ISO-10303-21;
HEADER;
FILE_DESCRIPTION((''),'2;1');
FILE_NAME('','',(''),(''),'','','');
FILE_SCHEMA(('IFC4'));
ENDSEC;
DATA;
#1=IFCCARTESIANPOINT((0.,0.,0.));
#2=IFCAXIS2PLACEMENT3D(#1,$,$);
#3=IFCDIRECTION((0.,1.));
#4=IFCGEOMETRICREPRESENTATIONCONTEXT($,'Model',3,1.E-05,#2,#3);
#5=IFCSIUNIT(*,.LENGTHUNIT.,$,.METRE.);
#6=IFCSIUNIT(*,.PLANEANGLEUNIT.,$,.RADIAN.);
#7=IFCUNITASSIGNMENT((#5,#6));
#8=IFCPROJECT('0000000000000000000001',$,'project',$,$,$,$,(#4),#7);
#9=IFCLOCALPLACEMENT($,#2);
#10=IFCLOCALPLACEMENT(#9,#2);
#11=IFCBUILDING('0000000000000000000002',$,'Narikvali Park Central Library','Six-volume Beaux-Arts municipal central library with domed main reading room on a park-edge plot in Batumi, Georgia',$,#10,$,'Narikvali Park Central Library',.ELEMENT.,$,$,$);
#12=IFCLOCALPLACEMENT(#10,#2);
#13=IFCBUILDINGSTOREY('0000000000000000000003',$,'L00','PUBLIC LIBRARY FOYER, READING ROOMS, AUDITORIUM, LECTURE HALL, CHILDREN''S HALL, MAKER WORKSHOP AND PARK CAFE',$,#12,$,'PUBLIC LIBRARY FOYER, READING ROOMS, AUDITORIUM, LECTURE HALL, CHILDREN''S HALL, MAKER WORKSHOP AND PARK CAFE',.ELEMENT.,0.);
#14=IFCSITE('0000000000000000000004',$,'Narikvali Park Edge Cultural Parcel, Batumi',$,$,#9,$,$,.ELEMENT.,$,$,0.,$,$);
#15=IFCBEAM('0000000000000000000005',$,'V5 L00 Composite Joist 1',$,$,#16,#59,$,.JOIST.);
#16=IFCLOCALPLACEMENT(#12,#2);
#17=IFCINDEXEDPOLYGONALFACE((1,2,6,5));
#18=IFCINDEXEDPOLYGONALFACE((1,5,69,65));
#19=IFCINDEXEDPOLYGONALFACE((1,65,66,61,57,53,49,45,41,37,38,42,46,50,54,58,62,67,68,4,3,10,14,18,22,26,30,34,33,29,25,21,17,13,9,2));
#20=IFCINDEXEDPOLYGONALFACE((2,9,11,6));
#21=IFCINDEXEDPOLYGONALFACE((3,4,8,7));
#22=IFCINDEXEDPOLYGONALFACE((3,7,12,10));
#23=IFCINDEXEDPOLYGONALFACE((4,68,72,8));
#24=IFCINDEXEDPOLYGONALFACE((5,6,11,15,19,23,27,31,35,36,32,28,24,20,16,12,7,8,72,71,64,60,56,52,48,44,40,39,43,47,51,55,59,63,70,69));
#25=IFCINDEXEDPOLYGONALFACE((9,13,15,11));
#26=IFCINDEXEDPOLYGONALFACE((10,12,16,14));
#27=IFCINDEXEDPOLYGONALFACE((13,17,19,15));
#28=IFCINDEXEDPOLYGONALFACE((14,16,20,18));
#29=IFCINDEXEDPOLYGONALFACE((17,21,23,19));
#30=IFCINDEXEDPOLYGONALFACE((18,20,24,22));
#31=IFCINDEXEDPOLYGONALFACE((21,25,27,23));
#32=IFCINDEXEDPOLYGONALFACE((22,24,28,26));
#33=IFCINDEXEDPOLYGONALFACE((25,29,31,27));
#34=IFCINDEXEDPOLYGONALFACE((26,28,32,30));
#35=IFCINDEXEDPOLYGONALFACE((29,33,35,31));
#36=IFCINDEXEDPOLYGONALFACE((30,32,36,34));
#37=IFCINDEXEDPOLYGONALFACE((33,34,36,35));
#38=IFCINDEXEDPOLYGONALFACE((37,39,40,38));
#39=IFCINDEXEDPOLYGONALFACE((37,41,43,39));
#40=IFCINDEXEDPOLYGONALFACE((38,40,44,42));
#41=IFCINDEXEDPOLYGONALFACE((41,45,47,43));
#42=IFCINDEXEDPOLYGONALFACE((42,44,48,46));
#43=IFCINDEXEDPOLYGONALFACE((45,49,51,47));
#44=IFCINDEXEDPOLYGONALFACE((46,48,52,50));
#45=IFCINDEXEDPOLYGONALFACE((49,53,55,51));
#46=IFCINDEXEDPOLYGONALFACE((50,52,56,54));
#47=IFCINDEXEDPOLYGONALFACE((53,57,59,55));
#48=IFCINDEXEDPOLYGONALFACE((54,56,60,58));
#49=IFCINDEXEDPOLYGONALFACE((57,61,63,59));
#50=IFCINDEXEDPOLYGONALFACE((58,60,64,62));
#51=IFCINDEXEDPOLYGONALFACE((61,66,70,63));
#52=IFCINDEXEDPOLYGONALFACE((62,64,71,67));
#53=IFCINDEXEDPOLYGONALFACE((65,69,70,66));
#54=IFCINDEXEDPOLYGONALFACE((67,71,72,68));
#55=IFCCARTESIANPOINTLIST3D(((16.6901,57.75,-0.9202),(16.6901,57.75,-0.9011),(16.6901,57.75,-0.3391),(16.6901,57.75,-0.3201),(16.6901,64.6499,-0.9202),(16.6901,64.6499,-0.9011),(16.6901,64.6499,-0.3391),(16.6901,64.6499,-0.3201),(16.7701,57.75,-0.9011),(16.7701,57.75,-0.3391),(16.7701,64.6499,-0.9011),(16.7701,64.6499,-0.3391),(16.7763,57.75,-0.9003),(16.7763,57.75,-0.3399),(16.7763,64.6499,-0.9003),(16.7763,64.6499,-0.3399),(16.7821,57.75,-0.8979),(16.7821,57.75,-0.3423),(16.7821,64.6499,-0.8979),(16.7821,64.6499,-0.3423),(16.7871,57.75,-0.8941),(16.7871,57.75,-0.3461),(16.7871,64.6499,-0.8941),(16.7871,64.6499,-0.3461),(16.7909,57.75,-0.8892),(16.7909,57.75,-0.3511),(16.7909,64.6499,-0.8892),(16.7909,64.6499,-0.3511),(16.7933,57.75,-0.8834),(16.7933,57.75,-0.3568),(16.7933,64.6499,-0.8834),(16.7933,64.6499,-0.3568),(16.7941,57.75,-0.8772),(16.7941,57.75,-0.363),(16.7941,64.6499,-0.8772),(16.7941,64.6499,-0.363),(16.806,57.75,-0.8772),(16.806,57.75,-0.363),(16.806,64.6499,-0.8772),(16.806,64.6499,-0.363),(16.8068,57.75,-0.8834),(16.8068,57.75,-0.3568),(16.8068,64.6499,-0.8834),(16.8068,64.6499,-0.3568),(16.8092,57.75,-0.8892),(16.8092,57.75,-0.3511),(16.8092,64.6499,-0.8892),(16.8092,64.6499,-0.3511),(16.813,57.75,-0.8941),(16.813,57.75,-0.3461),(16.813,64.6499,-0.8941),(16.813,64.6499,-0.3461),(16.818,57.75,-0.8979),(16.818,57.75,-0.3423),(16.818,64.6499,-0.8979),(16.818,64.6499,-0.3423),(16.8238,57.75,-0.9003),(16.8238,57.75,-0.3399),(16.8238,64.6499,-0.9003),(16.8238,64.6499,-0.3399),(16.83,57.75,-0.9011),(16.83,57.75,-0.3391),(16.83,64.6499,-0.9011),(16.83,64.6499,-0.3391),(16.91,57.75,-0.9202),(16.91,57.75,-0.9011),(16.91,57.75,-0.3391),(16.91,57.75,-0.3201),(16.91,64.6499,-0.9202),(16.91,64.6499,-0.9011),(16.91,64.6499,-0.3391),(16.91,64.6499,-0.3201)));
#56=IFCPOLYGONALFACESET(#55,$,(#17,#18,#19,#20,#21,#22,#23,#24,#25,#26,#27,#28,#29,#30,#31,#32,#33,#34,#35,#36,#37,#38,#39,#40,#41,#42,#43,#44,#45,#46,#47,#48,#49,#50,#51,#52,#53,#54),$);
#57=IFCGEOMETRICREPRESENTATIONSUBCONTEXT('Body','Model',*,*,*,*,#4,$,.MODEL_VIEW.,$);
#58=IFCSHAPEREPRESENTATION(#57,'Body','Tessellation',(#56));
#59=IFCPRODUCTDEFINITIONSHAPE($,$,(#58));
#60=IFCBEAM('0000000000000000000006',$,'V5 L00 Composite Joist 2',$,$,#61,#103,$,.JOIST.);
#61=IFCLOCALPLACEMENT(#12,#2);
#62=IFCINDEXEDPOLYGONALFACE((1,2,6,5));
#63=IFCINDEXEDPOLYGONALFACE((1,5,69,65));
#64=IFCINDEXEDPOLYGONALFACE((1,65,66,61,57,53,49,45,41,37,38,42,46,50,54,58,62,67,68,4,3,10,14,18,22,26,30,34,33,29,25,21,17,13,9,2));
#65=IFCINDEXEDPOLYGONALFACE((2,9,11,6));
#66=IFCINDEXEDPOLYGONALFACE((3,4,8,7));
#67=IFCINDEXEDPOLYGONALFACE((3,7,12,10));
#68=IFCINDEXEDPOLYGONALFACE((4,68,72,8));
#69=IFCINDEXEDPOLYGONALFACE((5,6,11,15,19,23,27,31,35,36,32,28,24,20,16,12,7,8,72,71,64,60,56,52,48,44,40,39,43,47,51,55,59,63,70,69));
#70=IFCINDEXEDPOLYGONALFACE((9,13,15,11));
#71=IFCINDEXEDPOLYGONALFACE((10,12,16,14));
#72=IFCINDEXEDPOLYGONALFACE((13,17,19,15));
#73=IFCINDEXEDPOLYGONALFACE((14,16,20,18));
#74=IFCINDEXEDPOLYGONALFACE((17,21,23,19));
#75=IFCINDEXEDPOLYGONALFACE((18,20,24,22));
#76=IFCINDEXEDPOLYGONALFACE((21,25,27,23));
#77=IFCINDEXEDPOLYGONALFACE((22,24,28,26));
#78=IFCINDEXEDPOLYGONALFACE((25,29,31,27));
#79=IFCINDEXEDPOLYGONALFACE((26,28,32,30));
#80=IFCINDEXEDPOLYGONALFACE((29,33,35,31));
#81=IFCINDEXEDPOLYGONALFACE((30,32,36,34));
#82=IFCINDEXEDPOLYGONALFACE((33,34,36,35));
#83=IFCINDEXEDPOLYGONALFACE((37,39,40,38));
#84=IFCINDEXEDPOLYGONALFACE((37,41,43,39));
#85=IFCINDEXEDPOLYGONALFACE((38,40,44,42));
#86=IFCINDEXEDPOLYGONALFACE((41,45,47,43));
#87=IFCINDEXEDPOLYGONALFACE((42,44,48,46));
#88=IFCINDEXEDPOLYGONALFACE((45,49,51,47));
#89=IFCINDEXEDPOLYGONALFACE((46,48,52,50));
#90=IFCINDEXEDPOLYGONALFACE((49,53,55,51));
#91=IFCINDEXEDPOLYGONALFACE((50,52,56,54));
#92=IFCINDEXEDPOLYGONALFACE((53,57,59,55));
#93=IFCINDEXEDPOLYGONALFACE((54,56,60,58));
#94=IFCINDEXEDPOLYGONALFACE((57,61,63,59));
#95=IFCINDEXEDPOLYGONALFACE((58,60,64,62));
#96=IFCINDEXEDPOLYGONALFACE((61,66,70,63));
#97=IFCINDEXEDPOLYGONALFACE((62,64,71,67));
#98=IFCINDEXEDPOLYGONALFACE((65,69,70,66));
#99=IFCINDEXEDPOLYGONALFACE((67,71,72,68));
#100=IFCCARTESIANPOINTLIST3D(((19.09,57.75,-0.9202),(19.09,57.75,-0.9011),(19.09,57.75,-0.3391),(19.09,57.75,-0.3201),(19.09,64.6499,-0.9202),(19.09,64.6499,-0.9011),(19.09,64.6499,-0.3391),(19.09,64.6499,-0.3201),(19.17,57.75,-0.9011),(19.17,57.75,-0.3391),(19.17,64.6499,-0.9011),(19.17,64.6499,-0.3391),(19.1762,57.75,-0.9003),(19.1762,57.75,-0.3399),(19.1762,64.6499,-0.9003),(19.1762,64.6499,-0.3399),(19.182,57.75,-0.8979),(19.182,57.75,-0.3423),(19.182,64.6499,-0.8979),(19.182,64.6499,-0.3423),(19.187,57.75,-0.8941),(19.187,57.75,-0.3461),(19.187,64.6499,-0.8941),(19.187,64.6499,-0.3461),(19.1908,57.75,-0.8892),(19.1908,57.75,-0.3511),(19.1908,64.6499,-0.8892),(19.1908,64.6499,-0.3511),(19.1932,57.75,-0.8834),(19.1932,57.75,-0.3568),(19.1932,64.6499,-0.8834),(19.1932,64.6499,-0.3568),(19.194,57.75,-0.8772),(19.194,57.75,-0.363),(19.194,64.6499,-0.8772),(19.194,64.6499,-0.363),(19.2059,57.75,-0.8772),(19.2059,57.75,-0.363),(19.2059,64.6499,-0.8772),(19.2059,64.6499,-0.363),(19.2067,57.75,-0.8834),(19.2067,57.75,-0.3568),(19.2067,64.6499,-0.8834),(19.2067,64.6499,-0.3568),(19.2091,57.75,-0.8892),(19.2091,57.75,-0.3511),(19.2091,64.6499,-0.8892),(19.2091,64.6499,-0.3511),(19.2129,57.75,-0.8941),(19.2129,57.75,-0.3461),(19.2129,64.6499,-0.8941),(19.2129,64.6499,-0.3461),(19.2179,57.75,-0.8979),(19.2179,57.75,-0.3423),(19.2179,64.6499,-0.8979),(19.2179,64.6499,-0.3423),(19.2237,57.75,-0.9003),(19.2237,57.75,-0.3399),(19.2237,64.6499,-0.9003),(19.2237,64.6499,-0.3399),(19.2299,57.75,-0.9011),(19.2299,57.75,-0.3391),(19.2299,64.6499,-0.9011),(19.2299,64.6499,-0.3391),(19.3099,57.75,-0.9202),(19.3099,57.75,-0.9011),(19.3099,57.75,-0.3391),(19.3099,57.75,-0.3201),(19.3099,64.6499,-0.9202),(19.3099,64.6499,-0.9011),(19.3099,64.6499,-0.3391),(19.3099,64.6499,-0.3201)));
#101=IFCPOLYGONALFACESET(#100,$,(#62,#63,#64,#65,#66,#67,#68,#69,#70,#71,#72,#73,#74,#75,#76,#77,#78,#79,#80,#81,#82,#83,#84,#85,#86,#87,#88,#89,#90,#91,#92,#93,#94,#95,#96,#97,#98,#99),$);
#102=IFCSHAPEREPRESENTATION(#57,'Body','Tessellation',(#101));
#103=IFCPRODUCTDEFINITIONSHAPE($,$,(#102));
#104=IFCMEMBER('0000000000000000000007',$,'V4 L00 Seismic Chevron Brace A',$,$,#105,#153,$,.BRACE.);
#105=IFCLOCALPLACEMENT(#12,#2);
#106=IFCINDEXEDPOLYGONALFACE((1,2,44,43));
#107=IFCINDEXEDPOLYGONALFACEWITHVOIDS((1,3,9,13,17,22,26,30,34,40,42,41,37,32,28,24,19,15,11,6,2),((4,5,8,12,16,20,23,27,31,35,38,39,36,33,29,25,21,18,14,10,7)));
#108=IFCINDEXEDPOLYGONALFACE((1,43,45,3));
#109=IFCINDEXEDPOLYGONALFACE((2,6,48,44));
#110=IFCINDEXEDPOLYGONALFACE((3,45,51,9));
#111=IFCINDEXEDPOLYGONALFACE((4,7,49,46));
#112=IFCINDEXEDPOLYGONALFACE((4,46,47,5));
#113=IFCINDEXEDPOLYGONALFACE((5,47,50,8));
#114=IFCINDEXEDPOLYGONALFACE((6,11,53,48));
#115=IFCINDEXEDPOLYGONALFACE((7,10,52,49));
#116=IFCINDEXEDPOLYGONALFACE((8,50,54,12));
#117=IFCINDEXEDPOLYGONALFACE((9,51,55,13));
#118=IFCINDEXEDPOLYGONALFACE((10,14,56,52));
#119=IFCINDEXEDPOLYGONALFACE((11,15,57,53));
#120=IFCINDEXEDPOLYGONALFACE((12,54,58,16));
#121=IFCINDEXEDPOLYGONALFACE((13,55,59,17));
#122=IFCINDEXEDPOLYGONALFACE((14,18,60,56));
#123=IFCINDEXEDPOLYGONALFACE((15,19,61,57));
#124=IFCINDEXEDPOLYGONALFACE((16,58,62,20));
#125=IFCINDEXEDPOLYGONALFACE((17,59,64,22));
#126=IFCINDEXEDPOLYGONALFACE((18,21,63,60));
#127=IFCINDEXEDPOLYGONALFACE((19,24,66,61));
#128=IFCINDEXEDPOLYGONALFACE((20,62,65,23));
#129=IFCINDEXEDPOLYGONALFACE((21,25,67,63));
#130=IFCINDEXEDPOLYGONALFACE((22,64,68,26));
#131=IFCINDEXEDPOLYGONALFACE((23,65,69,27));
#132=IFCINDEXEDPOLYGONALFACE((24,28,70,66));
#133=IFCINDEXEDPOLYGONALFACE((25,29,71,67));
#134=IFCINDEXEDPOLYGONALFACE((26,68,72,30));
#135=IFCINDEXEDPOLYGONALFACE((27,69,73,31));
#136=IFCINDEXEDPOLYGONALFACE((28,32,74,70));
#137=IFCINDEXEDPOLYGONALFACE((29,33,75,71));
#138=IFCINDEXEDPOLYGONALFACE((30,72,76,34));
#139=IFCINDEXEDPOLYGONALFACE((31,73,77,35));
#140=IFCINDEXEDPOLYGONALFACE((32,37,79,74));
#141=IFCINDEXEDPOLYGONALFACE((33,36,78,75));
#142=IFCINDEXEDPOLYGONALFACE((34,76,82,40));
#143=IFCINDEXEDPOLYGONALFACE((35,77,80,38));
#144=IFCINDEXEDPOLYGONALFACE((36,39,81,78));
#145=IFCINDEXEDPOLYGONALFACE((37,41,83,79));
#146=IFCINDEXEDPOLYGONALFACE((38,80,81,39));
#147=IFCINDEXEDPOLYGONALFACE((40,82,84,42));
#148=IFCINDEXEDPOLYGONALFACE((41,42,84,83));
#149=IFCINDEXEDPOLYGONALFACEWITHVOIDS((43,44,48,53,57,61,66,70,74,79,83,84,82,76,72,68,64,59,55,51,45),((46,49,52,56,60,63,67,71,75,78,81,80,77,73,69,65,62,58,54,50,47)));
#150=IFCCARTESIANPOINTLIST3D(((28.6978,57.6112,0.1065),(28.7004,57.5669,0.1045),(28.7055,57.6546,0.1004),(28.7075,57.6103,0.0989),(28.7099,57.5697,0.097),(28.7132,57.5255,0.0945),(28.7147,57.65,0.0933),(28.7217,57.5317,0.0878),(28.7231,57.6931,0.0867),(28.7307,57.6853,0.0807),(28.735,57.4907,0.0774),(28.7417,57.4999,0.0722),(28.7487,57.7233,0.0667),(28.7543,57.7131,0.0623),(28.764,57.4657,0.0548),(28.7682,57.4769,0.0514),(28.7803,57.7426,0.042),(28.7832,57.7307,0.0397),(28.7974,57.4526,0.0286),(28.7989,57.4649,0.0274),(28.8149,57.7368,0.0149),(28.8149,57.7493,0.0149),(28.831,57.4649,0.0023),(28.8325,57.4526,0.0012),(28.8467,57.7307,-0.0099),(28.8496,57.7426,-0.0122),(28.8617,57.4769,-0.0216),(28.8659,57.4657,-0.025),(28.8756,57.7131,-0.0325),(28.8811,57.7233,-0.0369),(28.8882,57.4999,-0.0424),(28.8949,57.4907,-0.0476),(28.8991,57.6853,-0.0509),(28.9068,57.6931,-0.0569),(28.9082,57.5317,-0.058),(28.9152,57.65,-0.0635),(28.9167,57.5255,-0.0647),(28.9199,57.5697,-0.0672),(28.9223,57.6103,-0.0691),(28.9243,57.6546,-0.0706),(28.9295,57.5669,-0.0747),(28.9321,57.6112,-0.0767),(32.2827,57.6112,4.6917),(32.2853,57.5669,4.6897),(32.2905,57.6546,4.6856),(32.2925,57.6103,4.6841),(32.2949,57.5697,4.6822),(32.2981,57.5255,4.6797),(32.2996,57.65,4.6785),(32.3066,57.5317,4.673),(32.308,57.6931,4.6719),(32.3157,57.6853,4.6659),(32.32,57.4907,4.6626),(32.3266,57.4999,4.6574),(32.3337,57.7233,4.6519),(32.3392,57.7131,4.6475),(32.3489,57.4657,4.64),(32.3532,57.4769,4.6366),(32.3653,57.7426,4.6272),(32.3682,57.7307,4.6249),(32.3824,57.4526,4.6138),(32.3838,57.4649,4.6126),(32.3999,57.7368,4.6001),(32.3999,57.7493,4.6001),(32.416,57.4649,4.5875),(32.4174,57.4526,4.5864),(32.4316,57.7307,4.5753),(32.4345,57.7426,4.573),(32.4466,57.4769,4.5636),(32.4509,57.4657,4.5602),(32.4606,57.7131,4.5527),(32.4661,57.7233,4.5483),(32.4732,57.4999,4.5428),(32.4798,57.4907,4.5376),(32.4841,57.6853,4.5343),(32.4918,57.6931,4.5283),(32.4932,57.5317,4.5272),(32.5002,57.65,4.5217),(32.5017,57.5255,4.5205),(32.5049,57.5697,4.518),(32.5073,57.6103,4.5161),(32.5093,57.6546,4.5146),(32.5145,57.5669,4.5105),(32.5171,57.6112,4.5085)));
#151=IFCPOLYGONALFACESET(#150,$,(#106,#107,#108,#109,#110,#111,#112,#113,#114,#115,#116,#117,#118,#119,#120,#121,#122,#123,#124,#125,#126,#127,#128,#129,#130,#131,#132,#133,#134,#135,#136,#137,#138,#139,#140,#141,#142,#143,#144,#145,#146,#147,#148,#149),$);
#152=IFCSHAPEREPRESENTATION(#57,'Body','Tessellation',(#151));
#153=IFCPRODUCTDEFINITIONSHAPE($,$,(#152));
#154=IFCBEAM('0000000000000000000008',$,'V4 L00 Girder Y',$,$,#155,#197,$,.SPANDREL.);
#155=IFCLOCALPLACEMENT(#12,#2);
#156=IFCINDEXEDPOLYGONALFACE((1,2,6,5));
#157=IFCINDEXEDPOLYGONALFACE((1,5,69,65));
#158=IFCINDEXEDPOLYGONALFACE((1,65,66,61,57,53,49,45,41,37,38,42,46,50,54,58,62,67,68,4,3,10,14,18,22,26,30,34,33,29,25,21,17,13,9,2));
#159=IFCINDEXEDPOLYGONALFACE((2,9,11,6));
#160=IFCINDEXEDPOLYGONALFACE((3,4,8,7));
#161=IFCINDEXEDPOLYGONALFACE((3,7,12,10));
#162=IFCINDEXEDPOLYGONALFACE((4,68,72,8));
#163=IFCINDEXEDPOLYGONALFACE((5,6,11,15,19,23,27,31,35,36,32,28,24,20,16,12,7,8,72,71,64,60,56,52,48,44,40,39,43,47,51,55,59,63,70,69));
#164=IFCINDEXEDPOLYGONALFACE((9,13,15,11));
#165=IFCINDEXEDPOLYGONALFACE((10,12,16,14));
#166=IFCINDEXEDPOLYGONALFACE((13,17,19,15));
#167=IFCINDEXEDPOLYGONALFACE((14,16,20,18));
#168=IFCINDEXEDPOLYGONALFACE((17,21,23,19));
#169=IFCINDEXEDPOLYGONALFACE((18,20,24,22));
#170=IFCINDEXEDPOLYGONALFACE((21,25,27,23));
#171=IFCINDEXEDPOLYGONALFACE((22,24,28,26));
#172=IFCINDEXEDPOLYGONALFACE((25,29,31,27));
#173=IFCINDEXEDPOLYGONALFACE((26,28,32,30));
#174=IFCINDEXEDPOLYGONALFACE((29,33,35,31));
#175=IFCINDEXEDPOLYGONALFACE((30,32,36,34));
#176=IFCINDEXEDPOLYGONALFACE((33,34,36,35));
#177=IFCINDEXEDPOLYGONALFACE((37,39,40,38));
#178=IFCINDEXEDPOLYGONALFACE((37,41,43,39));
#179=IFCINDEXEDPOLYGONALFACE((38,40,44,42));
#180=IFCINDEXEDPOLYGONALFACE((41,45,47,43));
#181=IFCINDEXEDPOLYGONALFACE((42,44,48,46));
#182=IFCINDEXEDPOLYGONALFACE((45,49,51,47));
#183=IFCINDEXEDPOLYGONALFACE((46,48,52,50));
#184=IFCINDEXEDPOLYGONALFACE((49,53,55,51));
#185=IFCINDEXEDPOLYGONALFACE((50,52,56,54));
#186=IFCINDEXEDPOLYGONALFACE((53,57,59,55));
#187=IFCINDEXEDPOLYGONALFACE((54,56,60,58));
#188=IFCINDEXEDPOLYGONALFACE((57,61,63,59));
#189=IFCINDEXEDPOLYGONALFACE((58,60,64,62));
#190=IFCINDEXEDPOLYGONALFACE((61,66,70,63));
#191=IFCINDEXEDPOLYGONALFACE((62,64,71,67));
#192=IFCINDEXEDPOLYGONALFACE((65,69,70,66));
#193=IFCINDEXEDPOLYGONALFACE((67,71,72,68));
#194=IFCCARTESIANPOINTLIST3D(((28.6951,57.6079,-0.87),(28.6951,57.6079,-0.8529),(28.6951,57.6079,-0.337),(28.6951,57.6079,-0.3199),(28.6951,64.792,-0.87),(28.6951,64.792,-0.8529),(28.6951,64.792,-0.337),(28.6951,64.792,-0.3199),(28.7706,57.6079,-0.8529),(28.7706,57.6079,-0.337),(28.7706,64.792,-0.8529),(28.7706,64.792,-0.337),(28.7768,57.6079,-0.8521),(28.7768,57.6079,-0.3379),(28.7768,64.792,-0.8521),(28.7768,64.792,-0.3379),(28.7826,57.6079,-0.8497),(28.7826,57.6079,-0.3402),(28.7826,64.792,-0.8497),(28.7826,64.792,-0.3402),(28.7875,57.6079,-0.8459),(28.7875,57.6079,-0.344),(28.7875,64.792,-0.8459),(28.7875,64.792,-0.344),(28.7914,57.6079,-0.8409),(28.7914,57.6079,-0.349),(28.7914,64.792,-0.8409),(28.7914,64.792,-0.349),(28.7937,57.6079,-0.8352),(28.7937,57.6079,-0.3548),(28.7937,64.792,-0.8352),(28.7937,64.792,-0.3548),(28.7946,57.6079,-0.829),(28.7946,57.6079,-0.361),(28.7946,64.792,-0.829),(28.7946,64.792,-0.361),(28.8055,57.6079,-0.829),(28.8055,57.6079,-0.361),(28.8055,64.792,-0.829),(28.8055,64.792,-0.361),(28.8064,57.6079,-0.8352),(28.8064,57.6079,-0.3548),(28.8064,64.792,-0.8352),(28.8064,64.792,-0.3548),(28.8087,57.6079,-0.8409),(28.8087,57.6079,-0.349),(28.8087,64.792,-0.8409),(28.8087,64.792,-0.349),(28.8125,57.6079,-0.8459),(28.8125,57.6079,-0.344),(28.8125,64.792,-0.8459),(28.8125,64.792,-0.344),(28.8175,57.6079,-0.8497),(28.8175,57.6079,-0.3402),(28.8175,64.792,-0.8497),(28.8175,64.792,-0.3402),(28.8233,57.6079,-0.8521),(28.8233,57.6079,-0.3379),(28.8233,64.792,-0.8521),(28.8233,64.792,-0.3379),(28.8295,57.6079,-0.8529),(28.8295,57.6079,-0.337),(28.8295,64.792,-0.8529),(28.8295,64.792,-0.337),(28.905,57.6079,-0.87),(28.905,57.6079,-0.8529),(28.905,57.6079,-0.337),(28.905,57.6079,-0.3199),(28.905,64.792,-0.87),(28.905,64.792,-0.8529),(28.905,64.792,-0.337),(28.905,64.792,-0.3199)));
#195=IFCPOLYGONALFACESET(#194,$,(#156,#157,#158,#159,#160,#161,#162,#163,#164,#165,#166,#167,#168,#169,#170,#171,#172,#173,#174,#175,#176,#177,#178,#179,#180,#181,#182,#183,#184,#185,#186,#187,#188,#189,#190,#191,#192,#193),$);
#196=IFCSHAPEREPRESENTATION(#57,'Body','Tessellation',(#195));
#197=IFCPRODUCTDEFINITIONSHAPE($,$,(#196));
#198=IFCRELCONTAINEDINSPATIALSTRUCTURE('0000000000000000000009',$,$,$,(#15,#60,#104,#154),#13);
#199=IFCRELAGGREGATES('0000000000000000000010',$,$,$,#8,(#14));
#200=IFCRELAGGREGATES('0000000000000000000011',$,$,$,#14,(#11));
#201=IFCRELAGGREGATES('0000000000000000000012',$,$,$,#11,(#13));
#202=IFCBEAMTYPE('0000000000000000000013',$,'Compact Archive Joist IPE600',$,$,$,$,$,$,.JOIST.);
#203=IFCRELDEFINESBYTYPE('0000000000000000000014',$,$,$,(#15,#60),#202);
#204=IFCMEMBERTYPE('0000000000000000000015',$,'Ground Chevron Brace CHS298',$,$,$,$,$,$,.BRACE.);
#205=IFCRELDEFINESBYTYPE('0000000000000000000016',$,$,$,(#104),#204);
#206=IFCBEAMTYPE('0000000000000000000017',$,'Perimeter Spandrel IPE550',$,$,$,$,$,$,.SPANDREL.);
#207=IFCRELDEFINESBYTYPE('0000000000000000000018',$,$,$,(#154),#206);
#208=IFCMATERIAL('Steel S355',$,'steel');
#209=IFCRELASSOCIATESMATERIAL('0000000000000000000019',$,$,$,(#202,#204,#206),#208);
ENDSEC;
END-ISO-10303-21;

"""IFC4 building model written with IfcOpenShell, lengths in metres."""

from ifc_helpers import new_model, si_unit, direction, frame, origin, origin_2d, place, context, subcontext, project, spatial, hollow_circle, i_section, extrude, material, material_profile, profile_set, type_object, element, save


model = new_model("IFC4")

# Units and contexts
model_context = context("Model", 3, precision=1e-05, world=origin(), true_north=direction((0.0, 1.0)))
body_context = subcontext(model_context, "Body", "Model", "MODEL_VIEW")
ifc_project = project(units=[si_unit("LENGTHUNIT", "METRE"), si_unit("PLANEANGLEUNIT", "RADIAN")], contexts=[model_context])

# Site, building, storey
site_placement = place(None, origin())
site = spatial("IfcSite", under=ifc_project, at=site_placement, Name="Narikvali Park Edge Cultural Parcel, Batumi", CompositionType="ELEMENT", RefElevation=0.0)
building_placement = place(site_placement, origin())
building = spatial("IfcBuilding", under=site, at=building_placement, Name="Narikvali Park Central Library", Description="Six-volume Beaux-Arts municipal central library with domed main reading room on a park-edge plot in Batumi, Georgia", LongName="Narikvali Park Central Library", CompositionType="ELEMENT")
storey_placement = place(building_placement, origin())
storey = spatial("IfcBuildingStorey", under=building, at=storey_placement, Name="L00", Description="PUBLIC LIBRARY FOYER, READING ROOMS, AUDITORIUM, LECTURE HALL, CHILDREN'S HALL, MAKER WORKSHOP AND PARK CAFE", LongName="PUBLIC LIBRARY FOYER, READING ROOMS, AUDITORIUM, LECTURE HALL, CHILDREN'S HALL, MAKER WORKSHOP AND PARK CAFE", CompositionType="ELEMENT", Elevation=0.0)

# Shared definitions
ifc_material_1 = material(Name="Steel S355", Category="steel")

# Beams
ifc_material_profile_1 = material_profile(ifc_material_1, i_section(OverallWidth=0.22, OverallDepth=0.6001, WebThickness=0.012, FlangeThickness=0.019, FilletRadius=0.0239, at=origin_2d()), Name="IPE 600")
ifc_profile_set_1 = profile_set([ifc_material_profile_1], Name="Steel S355")
beam_type_1 = type_object("IfcBeamType", Name="Compact Archive Joist IPE600", PredefinedType="JOIST", material=ifc_profile_set_1)
for number, where, z_axis, x_axis, name in (
    (1, (16.8, 57.75, -0.6201), (0.0, 1.0, 0.0), (-1.0, 0.0, 0.0), "V5 L00 Composite Joist 1"),
    (2, (19.2, 57.75, -0.6201), (0.0, 1.0, 0.0), (-1.0, 0.0, 0.0), "V5 L00 Composite Joist 2"),
):
    element("IfcBeam", number, at=place(storey_placement, frame(where, z_axis=z_axis, x_axis=x_axis)), inside=storey, type_object=beam_type_1, Name=name, PredefinedType="JOIST", context=body_context, shape_type="SweptSolid", body=[
        extrude(i_section(OverallWidth=0.22, OverallDepth=0.6001, WebThickness=0.012, FlangeThickness=0.019, FilletRadius=0.0239, at=origin_2d()), origin(), (0.0, 0.0, 1.0), 6.8999),
    ])

# Member
ifc_material_profile_2 = material_profile(ifc_material_1, hollow_circle(Radius=0.1492, WallThickness=0.0125, at=origin_2d()), Name="CHS 298.5x12.5")
ifc_profile_set_2 = profile_set([ifc_material_profile_2], Name="Steel S355")
member_type = type_object("IfcMemberType", Name="Ground Chevron Brace CHS298", PredefinedType="BRACE", material=ifc_profile_set_2)
member_placement = place(storey_placement, frame((28.8149, 57.6001, 0.0149), z_axis=(0.615939, 0.0, 0.787793), x_axis=(0.0, 1.0, 0.0)))
element("IfcMember", 3, at=member_placement, inside=storey, type_object=member_type, Name="V4 L00 Seismic Chevron Brace A", PredefinedType="BRACE", context=body_context, shape_type="SweptSolid", body=[
    extrude(hollow_circle(Radius=0.1492, WallThickness=0.0125, at=origin_2d()), origin(), (0.0, 0.0, 1.0), 5.8203),
])

# Beam
ifc_material_profile_3 = material_profile(ifc_material_1, i_section(OverallWidth=0.21, OverallDepth=0.55, WebThickness=0.011, FlangeThickness=0.0171, FilletRadius=0.0239, at=origin_2d()), Name="IPE 550")
ifc_profile_set_3 = profile_set([ifc_material_profile_3], Name="Steel S355")
beam_type_2 = type_object("IfcBeamType", Name="Perimeter Spandrel IPE550", PredefinedType="SPANDREL", material=ifc_profile_set_3)
beam_1_placement = place(storey_placement, frame((28.8, 57.6079, -0.595), z_axis=(0.0, 1.0, 0.0), x_axis=(-1.0, 0.0, 0.0)))
element("IfcBeam", 4, at=beam_1_placement, inside=storey, type_object=beam_type_2, Name="V4 L00 Girder Y", PredefinedType="SPANDREL", context=body_context, shape_type="SweptSolid", body=[
    extrude(i_section(OverallWidth=0.21, OverallDepth=0.55, WebThickness=0.011, FlangeThickness=0.0171, FilletRadius=0.0239, at=origin_2d()), origin(), (0.0, 0.0, 1.0), 7.1841),
])

save(model, "model.ifc")
